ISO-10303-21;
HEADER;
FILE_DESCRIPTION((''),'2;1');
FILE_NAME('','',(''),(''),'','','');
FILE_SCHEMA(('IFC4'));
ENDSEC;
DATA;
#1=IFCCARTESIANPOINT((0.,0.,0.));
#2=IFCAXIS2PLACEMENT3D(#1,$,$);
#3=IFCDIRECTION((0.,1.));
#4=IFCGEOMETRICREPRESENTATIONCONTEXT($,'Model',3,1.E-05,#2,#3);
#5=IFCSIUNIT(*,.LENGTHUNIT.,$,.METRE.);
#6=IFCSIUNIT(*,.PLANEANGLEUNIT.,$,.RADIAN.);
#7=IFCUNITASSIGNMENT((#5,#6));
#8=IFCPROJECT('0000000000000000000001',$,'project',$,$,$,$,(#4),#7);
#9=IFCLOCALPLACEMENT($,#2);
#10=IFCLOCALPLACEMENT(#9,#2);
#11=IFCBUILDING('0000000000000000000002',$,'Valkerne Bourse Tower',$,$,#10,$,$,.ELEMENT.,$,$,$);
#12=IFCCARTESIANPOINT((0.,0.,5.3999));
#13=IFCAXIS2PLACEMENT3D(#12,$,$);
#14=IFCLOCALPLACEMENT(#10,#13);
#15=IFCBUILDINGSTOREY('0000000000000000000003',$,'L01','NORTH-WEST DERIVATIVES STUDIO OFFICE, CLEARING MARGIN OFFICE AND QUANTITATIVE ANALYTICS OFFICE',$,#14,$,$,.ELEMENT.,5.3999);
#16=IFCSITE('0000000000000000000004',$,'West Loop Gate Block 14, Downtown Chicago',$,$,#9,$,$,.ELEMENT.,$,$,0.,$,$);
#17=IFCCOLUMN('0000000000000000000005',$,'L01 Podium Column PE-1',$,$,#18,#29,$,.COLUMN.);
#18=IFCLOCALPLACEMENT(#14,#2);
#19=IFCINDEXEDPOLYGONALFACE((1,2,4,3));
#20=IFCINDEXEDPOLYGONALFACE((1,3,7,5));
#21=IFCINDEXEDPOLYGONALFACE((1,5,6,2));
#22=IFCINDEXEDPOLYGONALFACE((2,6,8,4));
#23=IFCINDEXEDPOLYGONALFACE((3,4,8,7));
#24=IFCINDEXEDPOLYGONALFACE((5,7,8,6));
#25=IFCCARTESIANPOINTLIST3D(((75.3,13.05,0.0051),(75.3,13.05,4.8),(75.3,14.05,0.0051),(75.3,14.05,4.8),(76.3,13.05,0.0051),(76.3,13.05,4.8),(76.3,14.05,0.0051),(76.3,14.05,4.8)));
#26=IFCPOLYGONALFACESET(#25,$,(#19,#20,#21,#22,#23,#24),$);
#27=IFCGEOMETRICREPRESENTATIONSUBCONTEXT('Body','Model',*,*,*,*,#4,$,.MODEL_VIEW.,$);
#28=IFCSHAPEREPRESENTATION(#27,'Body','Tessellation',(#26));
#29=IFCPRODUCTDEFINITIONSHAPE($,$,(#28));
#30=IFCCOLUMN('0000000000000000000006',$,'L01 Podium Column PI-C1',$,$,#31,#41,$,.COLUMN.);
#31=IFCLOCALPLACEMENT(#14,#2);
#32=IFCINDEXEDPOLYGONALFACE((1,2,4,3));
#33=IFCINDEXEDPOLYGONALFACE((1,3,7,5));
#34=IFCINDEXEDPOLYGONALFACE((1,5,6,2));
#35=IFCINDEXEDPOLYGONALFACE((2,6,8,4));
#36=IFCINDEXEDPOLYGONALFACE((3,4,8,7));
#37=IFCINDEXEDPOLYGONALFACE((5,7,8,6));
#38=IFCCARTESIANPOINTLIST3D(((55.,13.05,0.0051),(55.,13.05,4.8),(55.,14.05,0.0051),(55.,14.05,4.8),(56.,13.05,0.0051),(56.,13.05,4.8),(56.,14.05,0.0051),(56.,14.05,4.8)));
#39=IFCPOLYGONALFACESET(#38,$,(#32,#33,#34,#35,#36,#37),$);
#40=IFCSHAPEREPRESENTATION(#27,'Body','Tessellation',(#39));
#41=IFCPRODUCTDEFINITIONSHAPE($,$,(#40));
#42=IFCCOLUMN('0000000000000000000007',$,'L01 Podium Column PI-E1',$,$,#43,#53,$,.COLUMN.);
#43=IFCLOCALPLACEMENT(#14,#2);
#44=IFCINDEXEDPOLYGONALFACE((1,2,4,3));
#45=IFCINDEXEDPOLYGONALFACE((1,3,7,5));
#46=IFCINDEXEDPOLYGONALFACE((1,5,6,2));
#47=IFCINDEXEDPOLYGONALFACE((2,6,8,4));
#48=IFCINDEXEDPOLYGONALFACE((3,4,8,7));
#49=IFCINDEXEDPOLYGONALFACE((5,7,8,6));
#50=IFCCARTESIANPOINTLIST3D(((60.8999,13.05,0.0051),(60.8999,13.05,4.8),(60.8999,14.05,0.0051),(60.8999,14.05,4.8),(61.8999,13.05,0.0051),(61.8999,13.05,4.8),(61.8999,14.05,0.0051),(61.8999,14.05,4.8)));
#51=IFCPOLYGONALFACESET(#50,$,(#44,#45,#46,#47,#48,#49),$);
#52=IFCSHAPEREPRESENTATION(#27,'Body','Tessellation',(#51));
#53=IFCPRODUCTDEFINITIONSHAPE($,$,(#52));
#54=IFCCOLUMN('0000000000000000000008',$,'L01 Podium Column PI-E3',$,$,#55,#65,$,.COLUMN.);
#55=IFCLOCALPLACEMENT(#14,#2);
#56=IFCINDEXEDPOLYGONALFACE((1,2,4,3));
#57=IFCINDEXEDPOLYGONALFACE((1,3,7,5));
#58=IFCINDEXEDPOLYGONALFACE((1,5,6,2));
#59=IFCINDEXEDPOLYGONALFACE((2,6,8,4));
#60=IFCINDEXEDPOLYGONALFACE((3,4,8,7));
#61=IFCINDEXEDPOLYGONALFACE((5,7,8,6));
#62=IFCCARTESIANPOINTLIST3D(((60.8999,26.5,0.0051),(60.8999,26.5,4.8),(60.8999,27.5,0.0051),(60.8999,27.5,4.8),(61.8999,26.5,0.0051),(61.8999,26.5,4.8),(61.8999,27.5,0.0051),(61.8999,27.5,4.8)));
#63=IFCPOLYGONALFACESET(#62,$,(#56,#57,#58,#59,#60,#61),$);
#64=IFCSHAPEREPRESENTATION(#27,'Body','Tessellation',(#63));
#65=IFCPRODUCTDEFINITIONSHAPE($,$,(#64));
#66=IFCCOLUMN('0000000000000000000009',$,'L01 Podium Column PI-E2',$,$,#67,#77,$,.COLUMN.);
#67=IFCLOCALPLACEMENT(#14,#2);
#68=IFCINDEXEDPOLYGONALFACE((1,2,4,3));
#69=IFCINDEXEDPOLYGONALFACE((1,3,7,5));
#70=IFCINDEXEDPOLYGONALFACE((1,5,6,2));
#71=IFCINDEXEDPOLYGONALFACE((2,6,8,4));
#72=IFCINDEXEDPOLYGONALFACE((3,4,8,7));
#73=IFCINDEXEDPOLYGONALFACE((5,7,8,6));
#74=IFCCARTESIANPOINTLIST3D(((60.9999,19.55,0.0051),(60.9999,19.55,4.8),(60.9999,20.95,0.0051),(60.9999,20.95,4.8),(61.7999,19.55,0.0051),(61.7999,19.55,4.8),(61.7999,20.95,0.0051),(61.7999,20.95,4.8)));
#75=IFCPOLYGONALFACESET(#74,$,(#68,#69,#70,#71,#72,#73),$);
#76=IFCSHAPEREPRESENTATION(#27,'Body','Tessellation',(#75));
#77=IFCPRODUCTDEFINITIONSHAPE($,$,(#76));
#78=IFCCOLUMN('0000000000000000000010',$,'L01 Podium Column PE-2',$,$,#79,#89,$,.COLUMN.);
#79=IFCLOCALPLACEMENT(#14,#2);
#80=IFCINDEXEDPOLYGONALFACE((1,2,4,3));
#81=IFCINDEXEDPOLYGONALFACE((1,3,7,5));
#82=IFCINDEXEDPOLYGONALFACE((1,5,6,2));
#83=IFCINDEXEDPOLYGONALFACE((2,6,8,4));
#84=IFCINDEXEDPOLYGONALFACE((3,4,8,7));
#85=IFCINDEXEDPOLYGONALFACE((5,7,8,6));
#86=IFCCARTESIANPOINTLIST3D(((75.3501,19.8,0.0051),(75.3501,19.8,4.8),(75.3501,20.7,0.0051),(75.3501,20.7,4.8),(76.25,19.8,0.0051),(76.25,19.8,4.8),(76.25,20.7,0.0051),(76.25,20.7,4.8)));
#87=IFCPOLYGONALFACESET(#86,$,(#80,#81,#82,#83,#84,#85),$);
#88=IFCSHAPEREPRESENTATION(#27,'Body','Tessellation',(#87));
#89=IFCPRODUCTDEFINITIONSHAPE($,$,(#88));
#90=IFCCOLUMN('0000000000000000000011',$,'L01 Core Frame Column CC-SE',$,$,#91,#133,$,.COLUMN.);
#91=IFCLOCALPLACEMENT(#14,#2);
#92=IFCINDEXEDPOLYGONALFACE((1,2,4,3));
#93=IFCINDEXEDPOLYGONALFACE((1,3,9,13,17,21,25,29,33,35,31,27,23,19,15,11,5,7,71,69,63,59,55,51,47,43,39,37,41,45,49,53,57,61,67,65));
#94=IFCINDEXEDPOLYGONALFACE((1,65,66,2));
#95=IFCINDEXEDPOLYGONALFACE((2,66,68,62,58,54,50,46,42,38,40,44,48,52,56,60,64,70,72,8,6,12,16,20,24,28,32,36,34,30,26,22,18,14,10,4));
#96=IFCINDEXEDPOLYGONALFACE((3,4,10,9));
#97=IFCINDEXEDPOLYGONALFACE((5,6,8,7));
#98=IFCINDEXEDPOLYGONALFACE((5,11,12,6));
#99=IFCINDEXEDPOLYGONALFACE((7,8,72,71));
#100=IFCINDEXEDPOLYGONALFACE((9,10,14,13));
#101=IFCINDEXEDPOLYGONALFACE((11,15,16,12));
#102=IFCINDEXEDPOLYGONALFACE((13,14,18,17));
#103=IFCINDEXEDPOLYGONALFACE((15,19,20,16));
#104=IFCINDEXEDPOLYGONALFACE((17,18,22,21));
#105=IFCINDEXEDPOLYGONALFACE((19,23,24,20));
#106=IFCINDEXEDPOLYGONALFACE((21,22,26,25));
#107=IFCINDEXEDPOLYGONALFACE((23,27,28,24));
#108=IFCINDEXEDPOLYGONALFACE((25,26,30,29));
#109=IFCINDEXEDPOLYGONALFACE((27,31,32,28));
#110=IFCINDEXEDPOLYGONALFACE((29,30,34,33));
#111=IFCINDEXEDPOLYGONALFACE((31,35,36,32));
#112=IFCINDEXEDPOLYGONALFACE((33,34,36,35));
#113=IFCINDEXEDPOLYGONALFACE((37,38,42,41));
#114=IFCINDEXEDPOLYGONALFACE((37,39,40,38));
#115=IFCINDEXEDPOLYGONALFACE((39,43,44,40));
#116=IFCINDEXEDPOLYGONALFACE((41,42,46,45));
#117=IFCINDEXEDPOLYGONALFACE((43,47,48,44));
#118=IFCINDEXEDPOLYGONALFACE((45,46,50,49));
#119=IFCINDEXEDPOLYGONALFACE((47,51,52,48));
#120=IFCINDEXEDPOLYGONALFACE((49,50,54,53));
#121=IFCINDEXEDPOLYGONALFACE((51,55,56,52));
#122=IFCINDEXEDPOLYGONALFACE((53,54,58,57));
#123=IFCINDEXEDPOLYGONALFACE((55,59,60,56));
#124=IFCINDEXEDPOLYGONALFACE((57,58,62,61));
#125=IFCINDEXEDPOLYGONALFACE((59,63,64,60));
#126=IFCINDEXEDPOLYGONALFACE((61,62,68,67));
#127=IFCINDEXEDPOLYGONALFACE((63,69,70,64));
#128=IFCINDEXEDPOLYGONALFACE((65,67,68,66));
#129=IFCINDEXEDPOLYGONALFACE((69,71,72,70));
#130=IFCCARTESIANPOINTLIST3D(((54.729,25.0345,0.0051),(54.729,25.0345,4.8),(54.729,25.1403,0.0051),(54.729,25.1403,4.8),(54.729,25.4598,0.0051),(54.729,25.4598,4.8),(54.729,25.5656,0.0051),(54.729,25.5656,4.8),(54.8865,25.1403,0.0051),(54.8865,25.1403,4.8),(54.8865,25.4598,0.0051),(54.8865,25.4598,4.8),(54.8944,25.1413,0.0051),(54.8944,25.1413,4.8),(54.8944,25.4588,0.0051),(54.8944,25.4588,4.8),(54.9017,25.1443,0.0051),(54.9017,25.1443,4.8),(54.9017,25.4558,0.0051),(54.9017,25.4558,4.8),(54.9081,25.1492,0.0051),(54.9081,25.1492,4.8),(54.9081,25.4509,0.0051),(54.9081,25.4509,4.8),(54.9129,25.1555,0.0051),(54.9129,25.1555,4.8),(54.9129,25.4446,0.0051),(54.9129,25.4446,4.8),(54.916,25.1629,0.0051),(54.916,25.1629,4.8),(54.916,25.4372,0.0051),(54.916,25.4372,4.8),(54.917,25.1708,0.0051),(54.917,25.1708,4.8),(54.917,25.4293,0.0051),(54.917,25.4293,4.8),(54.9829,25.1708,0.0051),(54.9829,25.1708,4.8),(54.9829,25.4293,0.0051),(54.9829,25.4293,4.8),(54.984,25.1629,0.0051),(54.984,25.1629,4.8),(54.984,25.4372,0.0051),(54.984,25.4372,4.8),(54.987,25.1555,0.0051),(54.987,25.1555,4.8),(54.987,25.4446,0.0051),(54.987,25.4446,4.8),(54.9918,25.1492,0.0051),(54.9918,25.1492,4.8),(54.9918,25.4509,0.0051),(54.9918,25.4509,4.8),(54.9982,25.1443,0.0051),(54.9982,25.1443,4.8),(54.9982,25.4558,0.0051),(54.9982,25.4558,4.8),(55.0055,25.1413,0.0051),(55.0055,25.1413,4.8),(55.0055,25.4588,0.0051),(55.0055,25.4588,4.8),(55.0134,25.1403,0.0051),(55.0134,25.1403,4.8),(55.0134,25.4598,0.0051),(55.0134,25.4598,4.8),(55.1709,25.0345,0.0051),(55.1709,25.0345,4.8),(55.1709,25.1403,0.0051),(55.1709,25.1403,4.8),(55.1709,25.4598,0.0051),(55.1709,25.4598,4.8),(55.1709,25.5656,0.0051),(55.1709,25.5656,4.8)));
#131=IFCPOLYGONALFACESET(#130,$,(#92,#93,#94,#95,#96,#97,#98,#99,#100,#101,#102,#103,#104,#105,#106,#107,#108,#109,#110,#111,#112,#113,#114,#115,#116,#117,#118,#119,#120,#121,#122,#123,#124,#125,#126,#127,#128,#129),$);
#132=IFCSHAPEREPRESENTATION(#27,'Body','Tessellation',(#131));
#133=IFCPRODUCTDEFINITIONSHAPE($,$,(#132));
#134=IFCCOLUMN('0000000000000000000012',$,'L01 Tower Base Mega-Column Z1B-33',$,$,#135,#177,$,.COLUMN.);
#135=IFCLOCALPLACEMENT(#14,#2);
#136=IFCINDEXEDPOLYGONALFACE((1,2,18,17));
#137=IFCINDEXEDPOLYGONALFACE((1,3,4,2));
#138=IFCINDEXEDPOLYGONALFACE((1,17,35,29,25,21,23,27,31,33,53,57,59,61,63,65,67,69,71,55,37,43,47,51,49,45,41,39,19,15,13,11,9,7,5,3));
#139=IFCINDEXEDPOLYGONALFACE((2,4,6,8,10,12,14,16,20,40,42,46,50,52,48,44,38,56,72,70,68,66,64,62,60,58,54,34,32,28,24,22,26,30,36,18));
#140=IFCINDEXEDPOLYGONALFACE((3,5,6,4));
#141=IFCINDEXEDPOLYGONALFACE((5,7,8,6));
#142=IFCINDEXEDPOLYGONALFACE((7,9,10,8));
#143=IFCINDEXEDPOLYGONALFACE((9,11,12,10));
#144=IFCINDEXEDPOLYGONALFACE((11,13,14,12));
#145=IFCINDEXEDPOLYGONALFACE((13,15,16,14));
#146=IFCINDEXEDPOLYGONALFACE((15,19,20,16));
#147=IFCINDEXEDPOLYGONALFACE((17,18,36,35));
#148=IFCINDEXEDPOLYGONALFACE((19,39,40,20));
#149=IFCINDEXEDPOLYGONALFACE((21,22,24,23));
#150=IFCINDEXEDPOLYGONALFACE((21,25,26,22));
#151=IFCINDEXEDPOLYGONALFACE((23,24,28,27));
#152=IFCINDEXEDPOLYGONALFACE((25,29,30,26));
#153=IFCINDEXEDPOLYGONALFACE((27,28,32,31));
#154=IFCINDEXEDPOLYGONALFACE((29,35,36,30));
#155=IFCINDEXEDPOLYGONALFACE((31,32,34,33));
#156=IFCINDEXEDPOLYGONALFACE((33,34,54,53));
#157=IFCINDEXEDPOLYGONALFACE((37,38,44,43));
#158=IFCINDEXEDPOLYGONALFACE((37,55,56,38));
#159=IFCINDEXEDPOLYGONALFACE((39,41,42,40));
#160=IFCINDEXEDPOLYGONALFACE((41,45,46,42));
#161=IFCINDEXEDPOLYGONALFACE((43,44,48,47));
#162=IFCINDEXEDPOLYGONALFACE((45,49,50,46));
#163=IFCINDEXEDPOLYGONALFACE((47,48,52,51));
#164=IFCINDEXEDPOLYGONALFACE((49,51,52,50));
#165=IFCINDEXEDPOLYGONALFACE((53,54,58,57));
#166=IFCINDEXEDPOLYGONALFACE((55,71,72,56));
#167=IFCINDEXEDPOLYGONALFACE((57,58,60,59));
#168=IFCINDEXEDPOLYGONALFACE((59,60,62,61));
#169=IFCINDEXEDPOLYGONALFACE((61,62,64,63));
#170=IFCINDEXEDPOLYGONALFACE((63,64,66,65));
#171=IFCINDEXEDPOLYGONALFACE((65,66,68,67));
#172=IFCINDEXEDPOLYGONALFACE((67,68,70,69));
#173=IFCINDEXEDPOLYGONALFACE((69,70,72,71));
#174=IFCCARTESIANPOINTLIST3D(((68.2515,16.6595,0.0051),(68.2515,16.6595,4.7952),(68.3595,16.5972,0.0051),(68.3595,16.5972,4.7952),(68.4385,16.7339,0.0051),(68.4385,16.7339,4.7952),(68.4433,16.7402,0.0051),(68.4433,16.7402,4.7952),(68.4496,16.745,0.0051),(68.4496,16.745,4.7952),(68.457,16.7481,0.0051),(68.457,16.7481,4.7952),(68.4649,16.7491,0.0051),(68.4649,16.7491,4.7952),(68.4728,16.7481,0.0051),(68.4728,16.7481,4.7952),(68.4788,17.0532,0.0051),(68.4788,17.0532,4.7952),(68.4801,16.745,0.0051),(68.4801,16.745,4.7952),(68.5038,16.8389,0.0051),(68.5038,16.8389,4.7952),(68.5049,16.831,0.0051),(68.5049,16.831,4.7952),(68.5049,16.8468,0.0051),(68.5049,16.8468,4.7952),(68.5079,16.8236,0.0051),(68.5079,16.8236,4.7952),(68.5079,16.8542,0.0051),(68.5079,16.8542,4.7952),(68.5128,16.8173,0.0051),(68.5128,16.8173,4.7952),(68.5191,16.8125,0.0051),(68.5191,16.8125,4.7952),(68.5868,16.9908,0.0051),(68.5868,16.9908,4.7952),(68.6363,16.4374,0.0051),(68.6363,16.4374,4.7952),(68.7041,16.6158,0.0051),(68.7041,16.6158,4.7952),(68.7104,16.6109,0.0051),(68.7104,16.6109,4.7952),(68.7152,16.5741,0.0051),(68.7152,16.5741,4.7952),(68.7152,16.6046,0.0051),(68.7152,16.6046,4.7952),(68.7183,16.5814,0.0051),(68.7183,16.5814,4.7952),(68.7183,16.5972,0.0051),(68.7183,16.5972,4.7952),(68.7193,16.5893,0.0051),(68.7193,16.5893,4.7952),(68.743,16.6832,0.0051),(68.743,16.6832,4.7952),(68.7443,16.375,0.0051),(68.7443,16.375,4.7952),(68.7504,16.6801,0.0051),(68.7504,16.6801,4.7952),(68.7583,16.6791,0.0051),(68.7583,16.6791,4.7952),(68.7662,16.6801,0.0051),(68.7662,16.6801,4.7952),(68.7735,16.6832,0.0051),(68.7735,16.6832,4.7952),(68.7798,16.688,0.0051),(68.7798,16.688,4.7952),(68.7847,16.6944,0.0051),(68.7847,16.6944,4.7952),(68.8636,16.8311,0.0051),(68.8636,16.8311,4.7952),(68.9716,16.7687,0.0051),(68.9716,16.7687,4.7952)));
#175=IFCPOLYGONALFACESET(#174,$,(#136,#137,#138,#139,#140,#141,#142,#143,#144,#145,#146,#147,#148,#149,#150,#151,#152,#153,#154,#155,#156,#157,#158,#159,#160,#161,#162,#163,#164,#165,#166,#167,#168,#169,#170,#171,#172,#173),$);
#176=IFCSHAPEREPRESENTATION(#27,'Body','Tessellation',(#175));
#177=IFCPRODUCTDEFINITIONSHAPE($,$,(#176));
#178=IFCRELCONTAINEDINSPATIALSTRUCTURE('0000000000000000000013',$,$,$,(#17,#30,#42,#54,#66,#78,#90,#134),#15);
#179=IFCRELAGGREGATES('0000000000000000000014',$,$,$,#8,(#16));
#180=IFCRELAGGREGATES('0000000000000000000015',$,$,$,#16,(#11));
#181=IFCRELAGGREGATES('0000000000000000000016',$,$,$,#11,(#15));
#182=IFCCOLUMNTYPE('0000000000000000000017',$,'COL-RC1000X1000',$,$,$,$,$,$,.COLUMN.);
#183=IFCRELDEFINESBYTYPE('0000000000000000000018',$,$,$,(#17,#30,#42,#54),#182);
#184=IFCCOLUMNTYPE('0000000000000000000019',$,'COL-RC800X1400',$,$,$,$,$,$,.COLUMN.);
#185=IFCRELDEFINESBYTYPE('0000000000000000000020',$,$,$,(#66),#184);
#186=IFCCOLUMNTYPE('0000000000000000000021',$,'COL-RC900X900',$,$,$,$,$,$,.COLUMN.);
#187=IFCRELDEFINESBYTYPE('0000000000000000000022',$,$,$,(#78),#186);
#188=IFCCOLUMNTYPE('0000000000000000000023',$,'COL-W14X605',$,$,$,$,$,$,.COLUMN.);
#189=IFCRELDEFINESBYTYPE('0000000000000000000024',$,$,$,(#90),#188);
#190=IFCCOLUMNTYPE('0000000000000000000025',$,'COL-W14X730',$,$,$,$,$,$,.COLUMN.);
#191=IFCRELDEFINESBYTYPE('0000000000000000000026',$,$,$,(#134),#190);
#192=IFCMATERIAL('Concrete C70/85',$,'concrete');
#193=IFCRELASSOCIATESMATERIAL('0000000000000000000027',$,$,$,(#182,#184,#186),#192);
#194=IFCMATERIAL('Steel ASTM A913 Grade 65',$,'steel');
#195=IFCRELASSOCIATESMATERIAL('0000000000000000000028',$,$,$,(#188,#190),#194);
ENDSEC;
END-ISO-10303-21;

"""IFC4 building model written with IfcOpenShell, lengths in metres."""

from ifc_helpers import new_model, si_unit, direction, frame, origin, origin_2d, place, context, subcontext, project, spatial, rectangle, i_section, extrude, material, material_profile, profile_set, type_object, element, save


model = new_model("IFC4")

# Units and contexts
model_context = context("Model", 3, precision=1e-05, world=origin(), true_north=direction((0.0, 1.0)))
body_context = subcontext(model_context, "Body", "Model", "MODEL_VIEW")
ifc_project = project(units=[si_unit("LENGTHUNIT", "METRE"), si_unit("PLANEANGLEUNIT", "RADIAN")], contexts=[model_context])

# Site, building, storey
site_placement = place(None, origin())
site = spatial("IfcSite", under=ifc_project, at=site_placement, Name="West Loop Gate Block 14, Downtown Chicago", CompositionType="ELEMENT", RefElevation=0.0)
building_placement = place(site_placement, origin())
building = spatial("IfcBuilding", under=site, at=building_placement, Name="Valkerne Bourse Tower", CompositionType="ELEMENT")
storey_placement = place(building_placement, frame((0.0, 0.0, 5.3999)))
storey = spatial("IfcBuildingStorey", under=building, at=storey_placement, Name="L01", Description="NORTH-WEST DERIVATIVES STUDIO OFFICE, CLEARING MARGIN OFFICE AND QUANTITATIVE ANALYTICS OFFICE", CompositionType="ELEMENT", Elevation=5.3999)

# Columns
ifc_material_1 = material(Name="Concrete C70/85", Category="concrete")
ifc_material_profile_1 = material_profile(ifc_material_1, rectangle(XDim=1.0, YDim=1.0, at=origin_2d()), Name="RC1000X1000")
ifc_profile_set_1 = profile_set([ifc_material_profile_1], Name="Concrete C70/85")
column_type_1 = type_object("IfcColumnType", Name="COL-RC1000X1000", PredefinedType="COLUMN", material=ifc_profile_set_1)
for number, where, z_axis, x_axis, name in (
    (1, (75.8, 13.55, 0.0051), (0.0, 0.0, 1.0), (1.0, 0.0, 0.0), "L01 Podium Column PE-1"),
    (2, (55.5, 13.55, 0.0051), (0.0, 0.0, 1.0), (1.0, 0.0, 0.0), "L01 Podium Column PI-C1"),
    (3, (61.3999, 13.55, 0.0051), (0.0, 0.0, 1.0), (1.0, 0.0, 0.0), "L01 Podium Column PI-E1"),
    (4, (61.3999, 27.0, 0.0051), (0.0, 0.0, 1.0), (1.0, 0.0, 0.0), "L01 Podium Column PI-E3"),
):
    element("IfcColumn", number, at=place(storey_placement, frame(where, z_axis=z_axis, x_axis=x_axis)), inside=storey, type_object=column_type_1, Name=name, PredefinedType="COLUMN", context=body_context, shape_type="SweptSolid", body=[
        extrude(rectangle(XDim=1.0, YDim=1.0, at=origin_2d()), origin(), (0.0, 0.0, 1.0), 4.7949),
    ])
ifc_material_profile_2 = material_profile(ifc_material_1, rectangle(XDim=0.8, YDim=1.3999, at=origin_2d()), Name="RC800X1400")
ifc_profile_set_2 = profile_set([ifc_material_profile_2], Name="Concrete C70/85")
column_type_2 = type_object("IfcColumnType", Name="COL-RC800X1400", PredefinedType="COLUMN", material=ifc_profile_set_2)
column_1_placement = place(storey_placement, frame((61.3999, 20.25, 0.0051), z_axis=(0.0, 0.0, 1.0), x_axis=(1.0, 0.0, 0.0)))
element("IfcColumn", 5, at=column_1_placement, inside=storey, type_object=column_type_2, Name="L01 Podium Column PI-E2", PredefinedType="COLUMN", context=body_context, shape_type="SweptSolid", body=[
    extrude(rectangle(XDim=0.8, YDim=1.3999, at=origin_2d()), origin(), (0.0, 0.0, 1.0), 4.7949),
])
ifc_material_profile_3 = material_profile(ifc_material_1, rectangle(XDim=0.8999, YDim=0.8999, at=origin_2d()), Name="RC900X900")
ifc_profile_set_3 = profile_set([ifc_material_profile_3], Name="Concrete C70/85")
column_type_3 = type_object("IfcColumnType", Name="COL-RC900X900", PredefinedType="COLUMN", material=ifc_profile_set_3)
column_2_placement = place(storey_placement, frame((75.8, 20.25, 0.0051), z_axis=(0.0, 0.0, 1.0), x_axis=(1.0, 0.0, 0.0)))
element("IfcColumn", 6, at=column_2_placement, inside=storey, type_object=column_type_3, Name="L01 Podium Column PE-2", PredefinedType="COLUMN", context=body_context, shape_type="SweptSolid", body=[
    extrude(rectangle(XDim=0.8999, YDim=0.8999, at=origin_2d()), origin(), (0.0, 0.0, 1.0), 4.7949),
])
ifc_material_2 = material(Name="Steel ASTM A913 Grade 65", Category="steel")
ifc_material_profile_4 = material_profile(ifc_material_2, i_section(OverallWidth=0.4419, OverallDepth=0.531, WebThickness=0.0659, FlangeThickness=0.1057, FilletRadius=0.0305, at=origin_2d()), Name="W14X605")
ifc_profile_set_4 = profile_set([ifc_material_profile_4], Name="Steel ASTM A913 Grade 65")
column_type_4 = type_object("IfcColumnType", Name="COL-W14X605", PredefinedType="COLUMN", material=ifc_profile_set_4)
column_3_placement = place(storey_placement, frame((54.95, 25.3, 0.0051), z_axis=(0.0, 0.0, 1.0), x_axis=(1.0, 0.0, 0.0)))
element("IfcColumn", 7, at=column_3_placement, inside=storey, type_object=column_type_4, Name="L01 Core Frame Column CC-SE", PredefinedType="COLUMN", context=body_context, shape_type="SweptSolid", body=[
    extrude(i_section(OverallWidth=0.4419, OverallDepth=0.531, WebThickness=0.0659, FlangeThickness=0.1057, FilletRadius=0.0305, at=origin_2d()), origin(), (0.0, 0.0, 1.0), 4.7949),
])
ifc_material_profile_5 = material_profile(ifc_material_2, i_section(OverallWidth=0.4546, OverallDepth=0.5691, WebThickness=0.0779, FlangeThickness=0.1248, FilletRadius=0.0305, at=origin_2d()), Name="W14X730")
ifc_profile_set_5 = profile_set([ifc_material_profile_5], Name="Steel ASTM A913 Grade 65")
column_type_5 = type_object("IfcColumnType", Name="COL-W14X730", PredefinedType="COLUMN", material=ifc_profile_set_5)
for number, where, z_axis, x_axis, name in (
    (8, (68.6116, 16.7141, 0.0051), (0.0, 0.0, 1.0), (0.5, 0.866025, 0.0), "L01 Tower Base Mega-Column Z1B-33"),
):
    element("IfcColumn", number, at=place(storey_placement, frame(where, z_axis=z_axis, x_axis=x_axis)), inside=storey, type_object=column_type_5, Name=name, PredefinedType="COLUMN", context=body_context, shape_type="SweptSolid", body=[
        extrude(i_section(OverallWidth=0.4546, OverallDepth=0.5691, WebThickness=0.0779, FlangeThickness=0.1248, FilletRadius=0.0305, at=origin_2d()), origin(), (0.0, 0.0, 1.0), 4.79),
    ])

save(model, "model.ifc")
